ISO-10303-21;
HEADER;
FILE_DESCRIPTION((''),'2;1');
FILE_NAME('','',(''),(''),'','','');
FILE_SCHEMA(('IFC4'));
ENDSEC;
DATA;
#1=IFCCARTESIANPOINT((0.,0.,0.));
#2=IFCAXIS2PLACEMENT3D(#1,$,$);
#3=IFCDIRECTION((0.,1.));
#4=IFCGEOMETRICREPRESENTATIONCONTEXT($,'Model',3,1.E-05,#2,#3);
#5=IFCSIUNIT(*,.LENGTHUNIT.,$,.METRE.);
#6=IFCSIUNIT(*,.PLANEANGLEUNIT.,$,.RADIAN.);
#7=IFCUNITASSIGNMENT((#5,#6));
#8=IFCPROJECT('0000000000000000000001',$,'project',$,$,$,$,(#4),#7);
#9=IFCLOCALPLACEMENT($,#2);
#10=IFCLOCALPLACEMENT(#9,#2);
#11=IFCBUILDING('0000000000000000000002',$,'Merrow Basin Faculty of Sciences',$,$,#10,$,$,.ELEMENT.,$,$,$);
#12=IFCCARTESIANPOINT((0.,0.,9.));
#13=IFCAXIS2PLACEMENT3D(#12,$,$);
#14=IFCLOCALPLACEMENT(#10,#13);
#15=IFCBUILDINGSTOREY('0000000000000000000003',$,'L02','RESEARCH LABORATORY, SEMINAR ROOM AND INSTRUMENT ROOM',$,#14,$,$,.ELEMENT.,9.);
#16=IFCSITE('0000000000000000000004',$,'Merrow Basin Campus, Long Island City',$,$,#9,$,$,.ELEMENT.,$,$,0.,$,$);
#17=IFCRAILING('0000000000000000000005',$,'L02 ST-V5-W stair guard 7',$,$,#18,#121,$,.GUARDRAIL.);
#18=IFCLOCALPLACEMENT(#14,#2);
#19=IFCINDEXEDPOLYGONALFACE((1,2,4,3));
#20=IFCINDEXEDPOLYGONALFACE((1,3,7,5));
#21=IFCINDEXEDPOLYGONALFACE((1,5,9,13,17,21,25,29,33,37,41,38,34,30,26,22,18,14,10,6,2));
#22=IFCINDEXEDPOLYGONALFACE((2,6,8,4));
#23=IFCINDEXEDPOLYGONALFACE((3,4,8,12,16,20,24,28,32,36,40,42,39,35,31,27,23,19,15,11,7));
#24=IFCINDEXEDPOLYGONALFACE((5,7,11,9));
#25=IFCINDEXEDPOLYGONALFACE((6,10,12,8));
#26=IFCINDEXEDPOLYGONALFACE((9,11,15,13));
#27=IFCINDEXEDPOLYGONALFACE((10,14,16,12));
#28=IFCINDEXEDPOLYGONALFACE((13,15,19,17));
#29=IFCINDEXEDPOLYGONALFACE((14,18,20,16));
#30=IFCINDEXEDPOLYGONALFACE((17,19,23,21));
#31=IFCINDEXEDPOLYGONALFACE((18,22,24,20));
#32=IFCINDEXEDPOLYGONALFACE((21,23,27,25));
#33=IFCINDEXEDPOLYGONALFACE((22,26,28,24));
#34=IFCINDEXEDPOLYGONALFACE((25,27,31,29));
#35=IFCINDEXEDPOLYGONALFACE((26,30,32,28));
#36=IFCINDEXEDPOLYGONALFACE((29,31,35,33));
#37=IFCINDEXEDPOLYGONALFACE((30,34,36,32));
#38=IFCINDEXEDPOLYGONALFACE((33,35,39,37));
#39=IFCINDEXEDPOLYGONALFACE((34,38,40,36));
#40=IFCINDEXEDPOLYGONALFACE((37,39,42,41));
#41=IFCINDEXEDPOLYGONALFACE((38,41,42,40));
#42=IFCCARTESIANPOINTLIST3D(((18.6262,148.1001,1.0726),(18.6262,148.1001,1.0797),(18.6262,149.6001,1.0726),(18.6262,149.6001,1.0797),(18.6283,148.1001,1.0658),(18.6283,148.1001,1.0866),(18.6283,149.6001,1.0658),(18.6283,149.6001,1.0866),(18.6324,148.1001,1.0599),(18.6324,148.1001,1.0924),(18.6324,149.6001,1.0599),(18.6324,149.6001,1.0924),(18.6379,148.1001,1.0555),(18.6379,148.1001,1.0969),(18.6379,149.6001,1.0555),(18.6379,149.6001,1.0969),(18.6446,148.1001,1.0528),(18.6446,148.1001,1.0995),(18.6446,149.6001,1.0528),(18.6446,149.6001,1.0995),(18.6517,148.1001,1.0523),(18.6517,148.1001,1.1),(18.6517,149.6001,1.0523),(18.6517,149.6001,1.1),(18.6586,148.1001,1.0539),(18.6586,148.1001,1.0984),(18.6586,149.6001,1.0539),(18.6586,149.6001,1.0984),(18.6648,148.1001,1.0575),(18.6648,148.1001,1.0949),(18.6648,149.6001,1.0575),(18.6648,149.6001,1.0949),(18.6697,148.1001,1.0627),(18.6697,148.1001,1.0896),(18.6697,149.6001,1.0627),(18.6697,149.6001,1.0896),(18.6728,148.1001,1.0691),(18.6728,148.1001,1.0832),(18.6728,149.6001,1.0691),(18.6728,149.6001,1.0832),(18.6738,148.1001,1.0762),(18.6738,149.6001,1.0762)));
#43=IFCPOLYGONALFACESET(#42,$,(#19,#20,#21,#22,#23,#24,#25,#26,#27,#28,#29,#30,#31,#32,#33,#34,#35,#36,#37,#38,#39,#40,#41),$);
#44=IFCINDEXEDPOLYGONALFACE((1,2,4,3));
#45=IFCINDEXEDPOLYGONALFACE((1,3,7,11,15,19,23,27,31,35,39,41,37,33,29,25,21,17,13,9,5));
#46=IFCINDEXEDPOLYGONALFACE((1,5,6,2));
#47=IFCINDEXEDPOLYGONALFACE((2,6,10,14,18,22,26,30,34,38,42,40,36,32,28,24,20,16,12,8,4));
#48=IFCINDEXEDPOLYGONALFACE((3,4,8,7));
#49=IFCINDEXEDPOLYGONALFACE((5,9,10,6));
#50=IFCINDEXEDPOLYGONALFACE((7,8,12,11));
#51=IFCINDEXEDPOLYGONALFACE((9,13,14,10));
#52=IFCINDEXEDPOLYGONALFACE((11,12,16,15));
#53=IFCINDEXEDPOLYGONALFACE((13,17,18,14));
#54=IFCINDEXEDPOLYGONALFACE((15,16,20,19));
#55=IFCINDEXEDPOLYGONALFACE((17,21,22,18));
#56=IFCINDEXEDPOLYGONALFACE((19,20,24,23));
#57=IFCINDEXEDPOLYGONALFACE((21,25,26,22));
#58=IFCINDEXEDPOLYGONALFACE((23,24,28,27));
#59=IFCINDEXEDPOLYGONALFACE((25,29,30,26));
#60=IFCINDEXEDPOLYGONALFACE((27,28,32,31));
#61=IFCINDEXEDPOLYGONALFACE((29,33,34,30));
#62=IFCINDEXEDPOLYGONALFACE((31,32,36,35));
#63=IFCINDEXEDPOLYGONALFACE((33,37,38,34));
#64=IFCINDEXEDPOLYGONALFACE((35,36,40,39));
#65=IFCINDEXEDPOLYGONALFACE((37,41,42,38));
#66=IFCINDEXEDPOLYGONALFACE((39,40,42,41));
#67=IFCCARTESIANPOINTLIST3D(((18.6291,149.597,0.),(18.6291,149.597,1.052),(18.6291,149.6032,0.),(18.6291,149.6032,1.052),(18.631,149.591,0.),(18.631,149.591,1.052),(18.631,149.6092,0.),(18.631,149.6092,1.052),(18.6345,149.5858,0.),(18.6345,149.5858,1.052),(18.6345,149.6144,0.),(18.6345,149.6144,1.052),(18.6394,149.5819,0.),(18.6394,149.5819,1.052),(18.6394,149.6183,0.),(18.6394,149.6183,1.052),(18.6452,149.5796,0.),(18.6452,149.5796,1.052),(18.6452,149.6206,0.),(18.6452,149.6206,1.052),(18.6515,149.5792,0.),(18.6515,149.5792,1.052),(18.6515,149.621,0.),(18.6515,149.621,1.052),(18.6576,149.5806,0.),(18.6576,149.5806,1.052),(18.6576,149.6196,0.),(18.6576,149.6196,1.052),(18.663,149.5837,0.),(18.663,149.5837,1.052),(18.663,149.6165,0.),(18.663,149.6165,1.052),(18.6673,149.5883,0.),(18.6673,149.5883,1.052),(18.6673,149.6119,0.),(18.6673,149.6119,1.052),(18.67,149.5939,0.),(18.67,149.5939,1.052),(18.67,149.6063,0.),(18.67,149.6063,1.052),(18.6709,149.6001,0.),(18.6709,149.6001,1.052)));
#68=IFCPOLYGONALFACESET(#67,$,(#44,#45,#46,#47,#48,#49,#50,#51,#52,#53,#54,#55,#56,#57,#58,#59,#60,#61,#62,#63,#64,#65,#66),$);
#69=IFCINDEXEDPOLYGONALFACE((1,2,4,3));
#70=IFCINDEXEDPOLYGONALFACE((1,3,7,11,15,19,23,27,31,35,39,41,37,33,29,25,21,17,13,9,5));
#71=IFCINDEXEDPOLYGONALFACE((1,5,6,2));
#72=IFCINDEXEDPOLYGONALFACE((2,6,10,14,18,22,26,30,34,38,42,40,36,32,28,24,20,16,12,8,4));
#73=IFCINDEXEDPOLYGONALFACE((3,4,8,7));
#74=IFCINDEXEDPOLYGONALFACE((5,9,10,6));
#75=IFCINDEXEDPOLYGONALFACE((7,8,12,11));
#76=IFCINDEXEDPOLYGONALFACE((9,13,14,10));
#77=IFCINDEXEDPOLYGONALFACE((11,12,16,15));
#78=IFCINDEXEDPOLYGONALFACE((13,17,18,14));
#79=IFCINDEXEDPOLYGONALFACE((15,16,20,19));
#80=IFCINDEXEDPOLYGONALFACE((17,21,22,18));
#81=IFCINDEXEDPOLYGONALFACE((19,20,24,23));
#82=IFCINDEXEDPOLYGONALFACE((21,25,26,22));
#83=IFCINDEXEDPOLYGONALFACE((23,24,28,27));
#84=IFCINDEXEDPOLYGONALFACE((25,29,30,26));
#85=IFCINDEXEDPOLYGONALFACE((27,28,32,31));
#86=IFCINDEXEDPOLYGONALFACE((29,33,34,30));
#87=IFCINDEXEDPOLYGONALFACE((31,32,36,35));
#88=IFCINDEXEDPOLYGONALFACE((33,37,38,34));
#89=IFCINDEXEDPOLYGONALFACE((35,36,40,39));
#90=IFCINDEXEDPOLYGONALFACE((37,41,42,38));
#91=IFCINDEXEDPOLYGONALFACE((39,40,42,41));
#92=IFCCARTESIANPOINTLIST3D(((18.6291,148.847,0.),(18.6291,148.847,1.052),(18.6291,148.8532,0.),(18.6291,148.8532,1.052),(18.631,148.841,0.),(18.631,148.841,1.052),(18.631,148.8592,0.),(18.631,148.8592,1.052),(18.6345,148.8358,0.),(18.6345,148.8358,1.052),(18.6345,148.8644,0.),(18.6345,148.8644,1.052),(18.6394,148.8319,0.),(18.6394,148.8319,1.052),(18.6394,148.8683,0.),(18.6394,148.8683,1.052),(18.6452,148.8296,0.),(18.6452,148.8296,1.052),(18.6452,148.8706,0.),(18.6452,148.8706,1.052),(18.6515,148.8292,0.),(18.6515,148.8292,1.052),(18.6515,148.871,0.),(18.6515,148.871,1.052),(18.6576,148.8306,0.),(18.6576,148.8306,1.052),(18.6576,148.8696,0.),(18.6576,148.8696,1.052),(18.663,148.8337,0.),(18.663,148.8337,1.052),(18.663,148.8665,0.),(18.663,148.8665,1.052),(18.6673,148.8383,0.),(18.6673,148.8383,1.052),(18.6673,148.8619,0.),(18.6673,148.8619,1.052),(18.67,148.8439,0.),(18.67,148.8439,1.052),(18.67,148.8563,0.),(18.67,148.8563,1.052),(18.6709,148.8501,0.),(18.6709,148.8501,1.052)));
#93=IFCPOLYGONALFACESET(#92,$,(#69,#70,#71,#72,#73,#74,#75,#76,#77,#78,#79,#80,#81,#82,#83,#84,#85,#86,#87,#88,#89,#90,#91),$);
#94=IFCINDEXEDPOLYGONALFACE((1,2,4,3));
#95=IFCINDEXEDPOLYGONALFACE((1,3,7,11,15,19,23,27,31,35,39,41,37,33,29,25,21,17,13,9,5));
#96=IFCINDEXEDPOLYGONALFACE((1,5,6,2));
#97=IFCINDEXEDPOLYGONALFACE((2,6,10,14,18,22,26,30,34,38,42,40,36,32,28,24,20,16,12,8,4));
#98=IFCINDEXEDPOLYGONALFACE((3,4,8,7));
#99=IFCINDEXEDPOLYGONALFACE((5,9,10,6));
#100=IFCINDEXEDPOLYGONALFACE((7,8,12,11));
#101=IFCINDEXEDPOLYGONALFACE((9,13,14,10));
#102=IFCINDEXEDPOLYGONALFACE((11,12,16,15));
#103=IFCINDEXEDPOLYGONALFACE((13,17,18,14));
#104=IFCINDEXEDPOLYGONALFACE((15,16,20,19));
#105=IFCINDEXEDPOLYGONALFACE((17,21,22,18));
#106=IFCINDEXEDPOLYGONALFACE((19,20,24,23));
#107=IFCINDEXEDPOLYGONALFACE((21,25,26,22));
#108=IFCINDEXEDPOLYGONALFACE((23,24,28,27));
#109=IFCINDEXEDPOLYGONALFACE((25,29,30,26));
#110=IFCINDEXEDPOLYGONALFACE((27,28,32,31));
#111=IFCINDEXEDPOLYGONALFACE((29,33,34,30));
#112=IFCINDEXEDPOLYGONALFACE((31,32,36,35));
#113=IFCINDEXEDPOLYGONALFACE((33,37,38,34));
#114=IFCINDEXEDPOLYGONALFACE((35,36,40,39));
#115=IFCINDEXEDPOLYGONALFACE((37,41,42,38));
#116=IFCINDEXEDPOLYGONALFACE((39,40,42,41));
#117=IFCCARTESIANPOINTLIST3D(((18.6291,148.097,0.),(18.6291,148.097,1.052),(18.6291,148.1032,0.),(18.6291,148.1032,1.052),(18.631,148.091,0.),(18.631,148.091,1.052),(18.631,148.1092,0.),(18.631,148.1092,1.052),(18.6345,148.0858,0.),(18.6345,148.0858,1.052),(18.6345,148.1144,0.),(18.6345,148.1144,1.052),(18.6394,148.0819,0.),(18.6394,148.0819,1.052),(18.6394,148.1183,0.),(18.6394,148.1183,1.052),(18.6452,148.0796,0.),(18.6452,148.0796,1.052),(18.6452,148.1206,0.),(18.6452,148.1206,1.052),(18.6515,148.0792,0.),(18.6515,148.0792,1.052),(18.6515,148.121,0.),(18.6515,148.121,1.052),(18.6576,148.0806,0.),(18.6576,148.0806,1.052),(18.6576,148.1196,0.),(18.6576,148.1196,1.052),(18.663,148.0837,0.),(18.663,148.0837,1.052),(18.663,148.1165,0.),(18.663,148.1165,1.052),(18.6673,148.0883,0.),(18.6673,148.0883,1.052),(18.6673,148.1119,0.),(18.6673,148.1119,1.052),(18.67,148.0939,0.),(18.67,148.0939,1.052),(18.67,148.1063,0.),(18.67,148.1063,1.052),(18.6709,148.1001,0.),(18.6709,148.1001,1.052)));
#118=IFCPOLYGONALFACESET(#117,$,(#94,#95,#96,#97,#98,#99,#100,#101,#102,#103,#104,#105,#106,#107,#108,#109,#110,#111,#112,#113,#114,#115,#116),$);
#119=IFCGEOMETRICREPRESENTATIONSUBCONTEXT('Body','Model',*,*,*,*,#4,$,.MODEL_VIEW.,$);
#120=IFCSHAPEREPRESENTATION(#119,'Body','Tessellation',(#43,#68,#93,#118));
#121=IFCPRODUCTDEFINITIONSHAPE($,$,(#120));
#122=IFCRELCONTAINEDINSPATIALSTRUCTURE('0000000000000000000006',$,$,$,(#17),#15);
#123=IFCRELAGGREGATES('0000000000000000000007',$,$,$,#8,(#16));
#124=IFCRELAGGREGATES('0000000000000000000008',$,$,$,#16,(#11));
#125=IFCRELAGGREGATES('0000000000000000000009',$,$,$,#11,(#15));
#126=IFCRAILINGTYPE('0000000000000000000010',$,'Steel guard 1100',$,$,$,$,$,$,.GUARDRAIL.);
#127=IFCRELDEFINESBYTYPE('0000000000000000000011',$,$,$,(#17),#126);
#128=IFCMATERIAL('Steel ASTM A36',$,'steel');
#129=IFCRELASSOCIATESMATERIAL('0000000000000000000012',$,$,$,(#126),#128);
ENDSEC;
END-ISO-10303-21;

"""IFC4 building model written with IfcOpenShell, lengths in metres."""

from ifc_helpers import new_model, si_unit, direction, frame, origin, origin_2d, place, context, subcontext, project, spatial, circle, extrude, material, type_object, element, save


model = new_model("IFC4")

# Units and contexts
model_context = context("Model", 3, precision=1e-05, world=origin(), true_north=direction((0.0, 1.0)))
body_context = subcontext(model_context, "Body", "Model", "MODEL_VIEW")
ifc_project = project(units=[si_unit("LENGTHUNIT", "METRE"), si_unit("PLANEANGLEUNIT", "RADIAN")], contexts=[model_context])

# Site, building, storey
site_placement = place(None, origin())
site = spatial("IfcSite", under=ifc_project, at=site_placement, Name="Merrow Basin Campus, Long Island City", CompositionType="ELEMENT", RefElevation=0.0)
building_placement = place(site_placement, origin())
building = spatial("IfcBuilding", under=site, at=building_placement, Name="Merrow Basin Faculty of Sciences", CompositionType="ELEMENT")
storey_placement = place(building_placement, frame((0.0, 0.0, 9.0)))
storey = spatial("IfcBuildingStorey", under=building, at=storey_placement, Name="L02", Description="RESEARCH LABORATORY, SEMINAR ROOM AND INSTRUMENT ROOM", CompositionType="ELEMENT", Elevation=9.0)

# Railing
ifc_material_1 = material(Name="Steel ASTM A36", Category="steel")
railing_type = type_object("IfcRailingType", Name="Steel guard 1100", PredefinedType="GUARDRAIL", material=ifc_material_1)
railing_placement = place(storey_placement, frame((18.6499, 149.6001, 0.0)))
element("IfcRailing", 1, at=railing_placement, inside=storey, type_object=railing_type, Name="L02 ST-V5-W stair guard 7", PredefinedType="GUARDRAIL", context=body_context, shape_type="SweptSolid", body=[
    extrude(circle(Radius=0.0239, at=origin_2d()), frame((0.0, 0.0, 1.0762), z_axis=(0.0, -1.0, 0.0), x_axis=(1.0, 0.0, 0.0)), (0.0, 0.0, 1.0), 1.5),
    extrude(circle(Radius=0.021, at=origin_2d()), origin(), (0.0, 0.0, 1.0), 1.052),
    extrude(circle(Radius=0.021, at=origin_2d()), frame((0.0, -0.75, 0.0)), (0.0, 0.0, 1.0), 1.052),
    extrude(circle(Radius=0.021, at=origin_2d()), frame((0.0, -1.5, 0.0)), (0.0, 0.0, 1.0), 1.052),
])

save(model, "model.ifc")
